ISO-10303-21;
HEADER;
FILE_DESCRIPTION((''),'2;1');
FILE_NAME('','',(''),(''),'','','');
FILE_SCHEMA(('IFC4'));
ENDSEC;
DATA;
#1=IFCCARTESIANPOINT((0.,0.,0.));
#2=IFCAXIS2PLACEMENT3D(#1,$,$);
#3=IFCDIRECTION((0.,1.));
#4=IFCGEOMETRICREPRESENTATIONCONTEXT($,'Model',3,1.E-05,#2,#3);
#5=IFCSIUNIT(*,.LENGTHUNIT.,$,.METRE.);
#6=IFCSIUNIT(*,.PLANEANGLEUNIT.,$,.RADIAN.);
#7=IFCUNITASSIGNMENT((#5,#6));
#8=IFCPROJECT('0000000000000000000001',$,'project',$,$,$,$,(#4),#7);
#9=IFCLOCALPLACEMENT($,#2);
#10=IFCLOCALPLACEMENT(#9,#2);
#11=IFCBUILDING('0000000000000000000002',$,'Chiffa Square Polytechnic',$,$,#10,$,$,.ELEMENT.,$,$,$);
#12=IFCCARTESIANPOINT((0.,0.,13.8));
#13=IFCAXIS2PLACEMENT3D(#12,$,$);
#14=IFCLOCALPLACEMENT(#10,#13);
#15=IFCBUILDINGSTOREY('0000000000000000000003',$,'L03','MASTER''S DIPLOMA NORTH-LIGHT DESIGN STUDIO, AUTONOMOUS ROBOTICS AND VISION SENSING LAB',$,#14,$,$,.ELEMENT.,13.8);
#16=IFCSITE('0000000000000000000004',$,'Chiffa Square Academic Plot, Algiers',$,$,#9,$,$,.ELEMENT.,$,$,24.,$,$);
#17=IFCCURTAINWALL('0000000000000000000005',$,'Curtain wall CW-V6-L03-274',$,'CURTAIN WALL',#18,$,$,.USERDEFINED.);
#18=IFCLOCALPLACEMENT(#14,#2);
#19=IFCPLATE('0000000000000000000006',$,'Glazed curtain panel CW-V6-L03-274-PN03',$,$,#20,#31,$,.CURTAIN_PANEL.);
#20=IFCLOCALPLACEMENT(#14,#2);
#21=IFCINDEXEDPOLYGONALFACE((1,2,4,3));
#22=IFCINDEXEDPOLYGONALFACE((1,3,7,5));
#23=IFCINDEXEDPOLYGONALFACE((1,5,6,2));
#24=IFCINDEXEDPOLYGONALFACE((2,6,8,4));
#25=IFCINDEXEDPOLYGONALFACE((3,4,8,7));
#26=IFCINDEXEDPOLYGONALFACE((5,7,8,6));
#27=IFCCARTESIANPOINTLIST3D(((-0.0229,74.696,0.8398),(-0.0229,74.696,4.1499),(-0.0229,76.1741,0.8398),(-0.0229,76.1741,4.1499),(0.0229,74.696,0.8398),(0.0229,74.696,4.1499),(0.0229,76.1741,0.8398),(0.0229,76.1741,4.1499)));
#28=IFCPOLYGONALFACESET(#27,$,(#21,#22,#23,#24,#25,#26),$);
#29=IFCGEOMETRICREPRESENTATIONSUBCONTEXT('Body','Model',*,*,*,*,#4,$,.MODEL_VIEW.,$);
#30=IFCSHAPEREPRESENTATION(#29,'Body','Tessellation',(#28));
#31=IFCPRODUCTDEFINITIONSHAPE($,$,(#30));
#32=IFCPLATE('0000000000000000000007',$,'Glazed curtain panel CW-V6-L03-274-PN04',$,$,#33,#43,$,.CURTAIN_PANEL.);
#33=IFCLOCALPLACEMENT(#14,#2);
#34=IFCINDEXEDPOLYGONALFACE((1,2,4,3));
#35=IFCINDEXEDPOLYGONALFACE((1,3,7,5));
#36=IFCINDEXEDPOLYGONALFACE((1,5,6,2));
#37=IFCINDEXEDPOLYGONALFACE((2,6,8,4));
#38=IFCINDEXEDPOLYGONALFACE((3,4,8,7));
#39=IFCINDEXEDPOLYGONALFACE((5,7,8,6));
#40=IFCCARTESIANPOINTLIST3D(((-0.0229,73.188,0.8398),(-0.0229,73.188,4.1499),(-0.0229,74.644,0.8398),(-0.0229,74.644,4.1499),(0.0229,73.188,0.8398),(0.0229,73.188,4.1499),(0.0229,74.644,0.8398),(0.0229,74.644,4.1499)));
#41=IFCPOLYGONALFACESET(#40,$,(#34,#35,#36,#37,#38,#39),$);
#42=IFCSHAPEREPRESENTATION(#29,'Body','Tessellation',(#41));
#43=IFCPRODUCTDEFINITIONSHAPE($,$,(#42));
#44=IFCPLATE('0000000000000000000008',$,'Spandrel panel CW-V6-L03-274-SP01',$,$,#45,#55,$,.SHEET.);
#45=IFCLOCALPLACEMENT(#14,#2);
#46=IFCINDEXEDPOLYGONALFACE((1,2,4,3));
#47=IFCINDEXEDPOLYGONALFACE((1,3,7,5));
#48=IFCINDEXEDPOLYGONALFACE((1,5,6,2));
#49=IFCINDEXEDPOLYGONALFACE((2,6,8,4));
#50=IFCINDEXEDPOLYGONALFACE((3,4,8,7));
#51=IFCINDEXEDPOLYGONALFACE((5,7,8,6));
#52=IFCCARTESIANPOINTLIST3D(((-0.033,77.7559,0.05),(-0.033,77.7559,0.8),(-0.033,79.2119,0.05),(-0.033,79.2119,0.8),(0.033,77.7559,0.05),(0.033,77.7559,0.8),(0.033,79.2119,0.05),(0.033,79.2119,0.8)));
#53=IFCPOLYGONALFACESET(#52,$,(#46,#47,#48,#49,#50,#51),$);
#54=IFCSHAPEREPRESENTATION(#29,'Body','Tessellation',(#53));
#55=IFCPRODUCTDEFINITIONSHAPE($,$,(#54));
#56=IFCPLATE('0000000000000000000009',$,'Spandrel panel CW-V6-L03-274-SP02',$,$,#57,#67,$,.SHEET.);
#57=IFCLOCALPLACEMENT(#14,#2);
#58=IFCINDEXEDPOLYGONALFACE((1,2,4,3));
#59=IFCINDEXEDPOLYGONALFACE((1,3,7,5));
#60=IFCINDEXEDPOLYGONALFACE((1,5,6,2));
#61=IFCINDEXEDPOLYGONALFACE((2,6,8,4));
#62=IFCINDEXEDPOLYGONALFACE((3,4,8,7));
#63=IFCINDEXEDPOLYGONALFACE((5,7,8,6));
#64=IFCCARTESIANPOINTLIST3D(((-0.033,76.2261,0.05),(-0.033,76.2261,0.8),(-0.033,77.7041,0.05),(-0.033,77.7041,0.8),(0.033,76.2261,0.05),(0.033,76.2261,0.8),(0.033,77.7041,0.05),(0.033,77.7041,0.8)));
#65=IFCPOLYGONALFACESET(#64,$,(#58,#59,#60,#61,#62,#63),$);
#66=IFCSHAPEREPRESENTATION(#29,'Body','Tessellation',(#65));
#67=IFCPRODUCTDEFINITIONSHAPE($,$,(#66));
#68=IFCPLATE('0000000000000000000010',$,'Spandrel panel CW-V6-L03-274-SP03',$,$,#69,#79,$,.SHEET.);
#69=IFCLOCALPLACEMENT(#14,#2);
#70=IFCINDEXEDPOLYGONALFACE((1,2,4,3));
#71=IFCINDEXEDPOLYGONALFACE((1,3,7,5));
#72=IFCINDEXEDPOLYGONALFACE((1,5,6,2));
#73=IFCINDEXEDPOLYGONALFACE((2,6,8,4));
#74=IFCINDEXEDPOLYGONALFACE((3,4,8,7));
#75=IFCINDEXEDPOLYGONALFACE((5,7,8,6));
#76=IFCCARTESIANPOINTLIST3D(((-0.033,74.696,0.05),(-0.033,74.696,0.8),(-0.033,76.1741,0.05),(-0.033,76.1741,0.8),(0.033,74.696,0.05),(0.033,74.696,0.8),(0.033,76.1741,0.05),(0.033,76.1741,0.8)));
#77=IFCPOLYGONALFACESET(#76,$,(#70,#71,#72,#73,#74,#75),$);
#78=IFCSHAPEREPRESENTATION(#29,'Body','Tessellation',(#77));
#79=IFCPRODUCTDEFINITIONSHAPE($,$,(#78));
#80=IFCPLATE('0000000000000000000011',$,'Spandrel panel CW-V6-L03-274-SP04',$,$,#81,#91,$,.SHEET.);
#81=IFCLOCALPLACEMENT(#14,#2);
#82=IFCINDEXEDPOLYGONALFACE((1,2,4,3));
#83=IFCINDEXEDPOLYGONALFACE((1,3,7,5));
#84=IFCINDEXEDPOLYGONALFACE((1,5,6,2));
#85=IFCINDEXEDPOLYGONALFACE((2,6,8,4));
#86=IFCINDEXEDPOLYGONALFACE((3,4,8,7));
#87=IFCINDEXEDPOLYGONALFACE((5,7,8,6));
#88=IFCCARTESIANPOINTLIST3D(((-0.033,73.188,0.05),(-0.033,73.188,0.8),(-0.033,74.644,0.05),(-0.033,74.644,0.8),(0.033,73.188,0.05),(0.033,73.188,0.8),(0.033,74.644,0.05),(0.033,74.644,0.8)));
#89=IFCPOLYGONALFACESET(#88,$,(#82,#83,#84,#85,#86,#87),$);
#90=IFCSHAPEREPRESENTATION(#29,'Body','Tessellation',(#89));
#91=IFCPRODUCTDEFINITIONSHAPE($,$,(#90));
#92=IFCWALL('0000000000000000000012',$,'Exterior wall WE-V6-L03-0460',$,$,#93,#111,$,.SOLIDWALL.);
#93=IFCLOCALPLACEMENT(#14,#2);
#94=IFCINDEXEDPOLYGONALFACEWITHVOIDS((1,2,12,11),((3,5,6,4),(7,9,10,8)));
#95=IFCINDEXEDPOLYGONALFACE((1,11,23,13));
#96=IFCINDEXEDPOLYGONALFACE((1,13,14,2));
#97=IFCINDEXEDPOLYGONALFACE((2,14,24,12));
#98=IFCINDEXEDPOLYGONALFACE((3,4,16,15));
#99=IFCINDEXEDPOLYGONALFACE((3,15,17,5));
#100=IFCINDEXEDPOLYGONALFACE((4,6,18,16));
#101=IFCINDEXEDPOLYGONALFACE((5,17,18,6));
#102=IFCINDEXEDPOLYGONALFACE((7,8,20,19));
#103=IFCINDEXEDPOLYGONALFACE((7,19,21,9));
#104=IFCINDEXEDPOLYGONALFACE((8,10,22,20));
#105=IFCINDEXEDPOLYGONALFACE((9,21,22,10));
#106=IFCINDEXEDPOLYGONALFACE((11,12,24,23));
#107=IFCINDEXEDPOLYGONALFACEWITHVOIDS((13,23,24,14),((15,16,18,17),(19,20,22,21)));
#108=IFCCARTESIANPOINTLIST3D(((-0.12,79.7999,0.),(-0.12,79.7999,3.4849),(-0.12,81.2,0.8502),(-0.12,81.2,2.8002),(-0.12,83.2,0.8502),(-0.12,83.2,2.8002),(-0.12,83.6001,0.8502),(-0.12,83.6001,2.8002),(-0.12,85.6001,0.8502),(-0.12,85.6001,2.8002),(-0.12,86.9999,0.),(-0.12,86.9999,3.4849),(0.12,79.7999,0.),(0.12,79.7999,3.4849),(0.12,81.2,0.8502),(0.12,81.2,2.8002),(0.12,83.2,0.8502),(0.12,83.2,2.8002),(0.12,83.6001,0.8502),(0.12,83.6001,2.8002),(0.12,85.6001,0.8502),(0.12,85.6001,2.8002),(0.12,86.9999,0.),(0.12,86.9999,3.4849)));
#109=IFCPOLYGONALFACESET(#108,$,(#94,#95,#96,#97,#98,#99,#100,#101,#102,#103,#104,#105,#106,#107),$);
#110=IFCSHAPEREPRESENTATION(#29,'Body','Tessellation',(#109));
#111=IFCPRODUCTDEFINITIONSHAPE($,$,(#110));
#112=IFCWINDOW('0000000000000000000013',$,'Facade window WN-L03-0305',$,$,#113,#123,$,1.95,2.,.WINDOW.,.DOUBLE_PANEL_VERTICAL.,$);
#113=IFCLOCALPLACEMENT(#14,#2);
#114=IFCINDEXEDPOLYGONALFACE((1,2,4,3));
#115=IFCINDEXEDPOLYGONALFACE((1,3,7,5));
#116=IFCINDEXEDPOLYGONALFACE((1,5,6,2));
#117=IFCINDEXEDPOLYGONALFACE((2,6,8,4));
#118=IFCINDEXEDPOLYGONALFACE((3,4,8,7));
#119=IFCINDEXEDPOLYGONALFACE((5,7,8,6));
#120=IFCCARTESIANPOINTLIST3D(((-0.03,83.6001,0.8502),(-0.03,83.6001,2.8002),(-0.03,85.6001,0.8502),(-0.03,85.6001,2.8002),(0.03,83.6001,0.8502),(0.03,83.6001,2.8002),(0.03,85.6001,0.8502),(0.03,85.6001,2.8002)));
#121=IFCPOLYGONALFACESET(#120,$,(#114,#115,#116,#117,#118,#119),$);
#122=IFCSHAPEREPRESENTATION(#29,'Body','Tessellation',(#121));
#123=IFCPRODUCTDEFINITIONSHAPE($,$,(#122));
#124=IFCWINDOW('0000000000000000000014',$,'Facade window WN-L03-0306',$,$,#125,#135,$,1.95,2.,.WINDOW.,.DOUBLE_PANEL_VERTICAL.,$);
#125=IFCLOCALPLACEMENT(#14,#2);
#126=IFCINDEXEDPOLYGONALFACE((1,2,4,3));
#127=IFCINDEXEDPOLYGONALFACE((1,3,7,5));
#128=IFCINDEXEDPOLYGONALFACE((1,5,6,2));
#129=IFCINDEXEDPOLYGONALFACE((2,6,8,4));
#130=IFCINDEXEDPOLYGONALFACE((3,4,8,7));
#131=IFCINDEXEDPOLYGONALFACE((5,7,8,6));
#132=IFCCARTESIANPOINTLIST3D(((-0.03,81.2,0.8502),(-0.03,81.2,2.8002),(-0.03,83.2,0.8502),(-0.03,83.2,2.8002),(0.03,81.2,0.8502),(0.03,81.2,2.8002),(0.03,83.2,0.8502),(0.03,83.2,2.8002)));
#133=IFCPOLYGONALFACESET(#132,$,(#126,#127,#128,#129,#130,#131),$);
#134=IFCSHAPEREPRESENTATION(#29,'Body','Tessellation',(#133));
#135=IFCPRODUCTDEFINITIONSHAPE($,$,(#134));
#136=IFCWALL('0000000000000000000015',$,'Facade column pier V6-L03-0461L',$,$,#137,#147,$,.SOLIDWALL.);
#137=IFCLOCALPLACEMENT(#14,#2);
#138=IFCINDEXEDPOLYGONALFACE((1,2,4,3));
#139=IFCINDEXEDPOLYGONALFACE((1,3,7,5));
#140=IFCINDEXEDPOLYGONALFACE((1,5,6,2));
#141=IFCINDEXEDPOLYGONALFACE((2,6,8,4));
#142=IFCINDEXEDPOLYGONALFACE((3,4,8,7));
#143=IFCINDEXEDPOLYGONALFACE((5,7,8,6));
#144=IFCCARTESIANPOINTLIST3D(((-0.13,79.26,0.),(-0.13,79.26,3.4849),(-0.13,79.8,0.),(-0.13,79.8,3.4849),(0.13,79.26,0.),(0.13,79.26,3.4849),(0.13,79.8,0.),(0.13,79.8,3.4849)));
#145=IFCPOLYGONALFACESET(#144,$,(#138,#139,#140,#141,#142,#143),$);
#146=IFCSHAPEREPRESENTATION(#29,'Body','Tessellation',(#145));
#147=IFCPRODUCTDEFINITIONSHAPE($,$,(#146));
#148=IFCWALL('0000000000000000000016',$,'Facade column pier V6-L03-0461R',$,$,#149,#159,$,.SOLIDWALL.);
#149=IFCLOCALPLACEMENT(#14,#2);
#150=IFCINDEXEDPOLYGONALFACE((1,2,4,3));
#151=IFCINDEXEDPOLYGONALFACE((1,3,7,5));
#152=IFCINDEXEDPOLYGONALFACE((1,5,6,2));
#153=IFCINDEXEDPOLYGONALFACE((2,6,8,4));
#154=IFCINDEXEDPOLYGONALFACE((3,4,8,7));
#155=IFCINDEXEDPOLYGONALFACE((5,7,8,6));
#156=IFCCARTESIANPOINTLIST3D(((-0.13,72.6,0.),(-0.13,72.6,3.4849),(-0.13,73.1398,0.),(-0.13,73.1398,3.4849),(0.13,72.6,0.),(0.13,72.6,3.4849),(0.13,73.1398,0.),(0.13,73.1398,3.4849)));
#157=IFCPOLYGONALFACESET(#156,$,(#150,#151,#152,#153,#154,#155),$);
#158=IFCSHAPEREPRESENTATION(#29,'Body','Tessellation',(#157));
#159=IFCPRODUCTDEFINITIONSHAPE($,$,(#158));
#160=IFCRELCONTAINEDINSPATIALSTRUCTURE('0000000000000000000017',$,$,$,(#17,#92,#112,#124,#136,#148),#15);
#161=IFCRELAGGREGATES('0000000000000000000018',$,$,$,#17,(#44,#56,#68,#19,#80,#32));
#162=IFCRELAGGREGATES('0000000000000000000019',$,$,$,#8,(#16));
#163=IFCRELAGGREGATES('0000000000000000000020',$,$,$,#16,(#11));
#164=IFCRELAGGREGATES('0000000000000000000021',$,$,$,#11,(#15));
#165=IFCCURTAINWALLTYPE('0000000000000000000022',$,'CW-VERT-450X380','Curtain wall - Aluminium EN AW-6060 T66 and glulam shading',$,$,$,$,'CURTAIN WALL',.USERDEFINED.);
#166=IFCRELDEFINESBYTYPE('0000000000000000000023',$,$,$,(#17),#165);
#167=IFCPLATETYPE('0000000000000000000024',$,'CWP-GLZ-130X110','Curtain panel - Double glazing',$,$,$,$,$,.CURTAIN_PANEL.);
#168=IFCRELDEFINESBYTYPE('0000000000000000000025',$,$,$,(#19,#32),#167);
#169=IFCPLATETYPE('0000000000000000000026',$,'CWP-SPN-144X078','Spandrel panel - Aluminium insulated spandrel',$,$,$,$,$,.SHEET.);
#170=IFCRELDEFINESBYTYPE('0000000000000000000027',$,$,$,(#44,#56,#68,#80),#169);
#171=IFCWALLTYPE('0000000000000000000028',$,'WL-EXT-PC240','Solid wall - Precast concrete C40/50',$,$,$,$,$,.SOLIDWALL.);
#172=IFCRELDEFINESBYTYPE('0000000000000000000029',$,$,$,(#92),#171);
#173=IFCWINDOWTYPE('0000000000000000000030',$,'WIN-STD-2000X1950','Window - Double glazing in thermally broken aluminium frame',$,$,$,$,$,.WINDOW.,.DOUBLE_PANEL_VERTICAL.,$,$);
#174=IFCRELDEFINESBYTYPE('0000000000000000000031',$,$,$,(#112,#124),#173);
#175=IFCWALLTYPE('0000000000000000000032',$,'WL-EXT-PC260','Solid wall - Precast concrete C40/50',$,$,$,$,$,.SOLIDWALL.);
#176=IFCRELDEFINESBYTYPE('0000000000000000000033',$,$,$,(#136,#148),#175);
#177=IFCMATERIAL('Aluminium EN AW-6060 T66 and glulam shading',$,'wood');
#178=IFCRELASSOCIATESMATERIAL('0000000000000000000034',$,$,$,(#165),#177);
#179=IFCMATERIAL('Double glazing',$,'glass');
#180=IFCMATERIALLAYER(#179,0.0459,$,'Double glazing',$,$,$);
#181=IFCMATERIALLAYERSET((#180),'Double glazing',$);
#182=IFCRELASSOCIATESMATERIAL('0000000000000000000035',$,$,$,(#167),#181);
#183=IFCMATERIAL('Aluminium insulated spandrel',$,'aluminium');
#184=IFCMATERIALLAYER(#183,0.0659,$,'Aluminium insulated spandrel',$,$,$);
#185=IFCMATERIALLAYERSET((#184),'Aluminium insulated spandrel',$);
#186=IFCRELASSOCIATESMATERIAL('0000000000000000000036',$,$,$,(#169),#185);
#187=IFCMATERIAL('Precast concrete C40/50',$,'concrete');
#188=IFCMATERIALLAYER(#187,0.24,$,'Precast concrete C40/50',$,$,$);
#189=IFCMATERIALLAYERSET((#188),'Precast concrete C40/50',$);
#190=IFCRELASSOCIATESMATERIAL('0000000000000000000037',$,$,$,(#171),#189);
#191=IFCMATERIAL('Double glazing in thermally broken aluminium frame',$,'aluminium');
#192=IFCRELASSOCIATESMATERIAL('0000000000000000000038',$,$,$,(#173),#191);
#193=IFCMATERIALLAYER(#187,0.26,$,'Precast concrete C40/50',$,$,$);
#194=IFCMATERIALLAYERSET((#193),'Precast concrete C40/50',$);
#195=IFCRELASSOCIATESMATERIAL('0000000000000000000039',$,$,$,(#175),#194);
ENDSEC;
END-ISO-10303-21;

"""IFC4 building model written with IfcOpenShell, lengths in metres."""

from ifc_helpers import new_model, si_unit, direction, frame, frame_2d, origin, origin_2d, place, context, subcontext, project, spatial, rectangle, extrude, material, layer, layer_set, type_object, element, fill, aggregate, save


model = new_model("IFC4")

# Units and contexts
model_context = context("Model", 3, precision=1e-05, world=origin(), true_north=direction((0.0, 1.0)))
body_context = subcontext(model_context, "Body", "Model", "MODEL_VIEW")
ifc_project = project(units=[si_unit("LENGTHUNIT", "METRE"), si_unit("PLANEANGLEUNIT", "RADIAN")], contexts=[model_context])

# Site, building, storey
site_placement = place(None, origin())
site = spatial("IfcSite", under=ifc_project, at=site_placement, Name="Chiffa Square Academic Plot, Algiers", CompositionType="ELEMENT", RefElevation=24.0)
building_placement = place(site_placement, origin())
building = spatial("IfcBuilding", under=site, at=building_placement, Name="Chiffa Square Polytechnic", CompositionType="ELEMENT")
storey_placement = place(building_placement, frame((0.0, 0.0, 13.8)))
storey = spatial("IfcBuildingStorey", under=building, at=storey_placement, Name="L03", Description="MASTER'S DIPLOMA NORTH-LIGHT DESIGN STUDIO, AUTONOMOUS ROBOTICS AND VISION SENSING LAB", CompositionType="ELEMENT", Elevation=13.8)

# Curtain wall
ifc_material_1 = material(Name="Aluminium EN AW-6060 T66 and glulam shading", Category="wood")
curtain_wall_type = type_object("IfcCurtainWallType", Name="CW-VERT-450X380", Description="Curtain wall - Aluminium EN AW-6060 T66 and glulam shading", ElementType="CURTAIN WALL", PredefinedType="USERDEFINED", material=ifc_material_1)
curtain_wall_placement = place(storey_placement, origin())
curtain_wall = element("IfcCurtainWall", 1, at=curtain_wall_placement, inside=storey, type_object=curtain_wall_type, Name="Curtain wall CW-V6-L03-274", ObjectType="CURTAIN WALL", PredefinedType="USERDEFINED")

# Plates
ifc_material_2 = material(Name="Double glazing", Category="glass")
ifc_layer_1 = layer(ifc_material_2, 0.0459, Name="Double glazing")
ifc_layer_set_1 = layer_set([ifc_layer_1], Name="Double glazing")
plate_type_1 = type_object("IfcPlateType", Name="CWP-GLZ-130X110", Description="Curtain panel - Double glazing", PredefinedType="CURTAIN_PANEL", material=ifc_layer_set_1)
plate_1_placement = place(storey_placement, frame((0.0, 75.4351, 0.8398), z_axis=(0.0, 0.0, 1.0), x_axis=(0.0, -1.0, 0.0)))
plate_1 = element("IfcPlate", 2, at=plate_1_placement, type_object=plate_type_1, Name="Glazed curtain panel CW-V6-L03-274-PN03", PredefinedType="CURTAIN_PANEL", context=body_context, shape_type="SweptSolid", body=[
    extrude(rectangle(XDim=1.478, YDim=0.0459, at=origin_2d()), origin(), (0.0, 0.0, 1.0), 3.3101),
])
plate_2_placement = place(storey_placement, frame((0.0, 73.916, 0.8398), z_axis=(0.0, 0.0, 1.0), x_axis=(0.0, -1.0, 0.0)))
plate_2 = element("IfcPlate", 3, at=plate_2_placement, type_object=plate_type_1, Name="Glazed curtain panel CW-V6-L03-274-PN04", PredefinedType="CURTAIN_PANEL", context=body_context, shape_type="SweptSolid", body=[
    extrude(rectangle(XDim=1.4561, YDim=0.0459, at=origin_2d()), origin(), (0.0, 0.0, 1.0), 3.3101),
])
ifc_material_3 = material(Name="Aluminium insulated spandrel", Category="aluminium")
ifc_layer_2 = layer(ifc_material_3, 0.0659, Name="Aluminium insulated spandrel")
ifc_layer_set_2 = layer_set([ifc_layer_2], Name="Aluminium insulated spandrel")
plate_type_2 = type_object("IfcPlateType", Name="CWP-SPN-144X078", Description="Spandrel panel - Aluminium insulated spandrel", PredefinedType="SHEET", material=ifc_layer_set_2)
plate_3_placement = place(storey_placement, frame((0.0, 78.4839, 0.05), z_axis=(0.0, 0.0, 1.0), x_axis=(0.0, -1.0, 0.0)))
plate_3 = element("IfcPlate", 4, at=plate_3_placement, type_object=plate_type_2, Name="Spandrel panel CW-V6-L03-274-SP01", PredefinedType="SHEET", context=body_context, shape_type="SweptSolid", body=[
    extrude(rectangle(XDim=1.4561, YDim=0.0659, at=origin_2d()), origin(), (0.0, 0.0, 1.0), 0.75),
])
plate_4_placement = place(storey_placement, frame((0.0, 76.9651, 0.05), z_axis=(0.0, 0.0, 1.0), x_axis=(0.0, -1.0, 0.0)))
plate_4 = element("IfcPlate", 5, at=plate_4_placement, type_object=plate_type_2, Name="Spandrel panel CW-V6-L03-274-SP02", PredefinedType="SHEET", context=body_context, shape_type="SweptSolid", body=[
    extrude(rectangle(XDim=1.478, YDim=0.0659, at=origin_2d()), origin(), (0.0, 0.0, 1.0), 0.75),
])
plate_5_placement = place(storey_placement, frame((0.0, 75.4351, 0.05), z_axis=(0.0, 0.0, 1.0), x_axis=(0.0, -1.0, 0.0)))
plate_5 = element("IfcPlate", 6, at=plate_5_placement, type_object=plate_type_2, Name="Spandrel panel CW-V6-L03-274-SP03", PredefinedType="SHEET", context=body_context, shape_type="SweptSolid", body=[
    extrude(rectangle(XDim=1.478, YDim=0.0659, at=origin_2d()), origin(), (0.0, 0.0, 1.0), 0.75),
])
plate_6_placement = place(storey_placement, frame((0.0, 73.916, 0.05), z_axis=(0.0, 0.0, 1.0), x_axis=(0.0, -1.0, 0.0)))
plate_6 = element("IfcPlate", 7, at=plate_6_placement, type_object=plate_type_2, Name="Spandrel panel CW-V6-L03-274-SP04", PredefinedType="SHEET", context=body_context, shape_type="SweptSolid", body=[
    extrude(rectangle(XDim=1.4561, YDim=0.0659, at=origin_2d()), origin(), (0.0, 0.0, 1.0), 0.75),
])
aggregate(curtain_wall, [plate_3, plate_4, plate_5, plate_1, plate_6, plate_2])

# Wall, openings, windows
ifc_material_4 = material(Name="Precast concrete C40/50", Category="concrete")
ifc_layer_3 = layer(ifc_material_4, 0.24, Name="Precast concrete C40/50")
ifc_layer_set_3 = layer_set([ifc_layer_3], Name="Precast concrete C40/50")
wall_type_1 = type_object("IfcWallType", Name="WL-EXT-PC240", Description="Solid wall - Precast concrete C40/50", PredefinedType="SOLIDWALL", material=ifc_layer_set_3)
wall_1_placement = place(storey_placement, frame((0.0, 87.0, 0.0), z_axis=(0.0, 0.0, 1.0), x_axis=(0.0, -1.0, 0.0)))
wall_1 = element("IfcWall", 8, at=wall_1_placement, inside=storey, type_object=wall_type_1, Name="Exterior wall WE-V6-L03-0460", PredefinedType="SOLIDWALL", context=body_context, shape_type="SweptSolid", body=[
    extrude(rectangle(XDim=7.2, YDim=0.24, at=frame_2d((3.6001, 0.0))), origin(), (0.0, 0.0, 1.0), 3.4849),
])
opening_1_placement = place(wall_1_placement, frame((1.3999, 0.0, 0.8501)))
opening_1 = element("IfcOpeningElement", 9, at=opening_1_placement, cuts=wall_1, PredefinedType="OPENING", context=body_context, shape_type="SweptSolid", body=[
    extrude(rectangle(XDim=2.0, YDim=1.95, at=frame_2d((1.0, 0.9751))), frame((0.0, 0.1299, 0.0), z_axis=(0.0, -1.0, 0.0), x_axis=(1.0, 0.0, 0.0)), (0.0, 0.0, 1.0), 0.26),
])
opening_2_placement = place(wall_1_placement, frame((3.8, 0.0, 0.8501)))
opening_2 = element("IfcOpeningElement", 10, at=opening_2_placement, cuts=wall_1, PredefinedType="OPENING", context=body_context, shape_type="SweptSolid", body=[
    extrude(rectangle(XDim=2.0, YDim=1.95, at=frame_2d((1.0, 0.9751))), frame((0.0, 0.1299, 0.0), z_axis=(0.0, -1.0, 0.0), x_axis=(1.0, 0.0, 0.0)), (0.0, 0.0, 1.0), 0.26),
])
ifc_material_5 = material(Name="Double glazing in thermally broken aluminium frame", Category="aluminium")
window_type = type_object("IfcWindowType", Name="WIN-STD-2000X1950", Description="Window - Double glazing in thermally broken aluminium frame", PartitioningType="DOUBLE_PANEL_VERTICAL", PredefinedType="WINDOW", material=ifc_material_5)
window_1_placement = place(opening_1_placement, origin())
window_1 = element("IfcWindow", 11, at=window_1_placement, inside=storey, type_object=window_type, Name="Facade window WN-L03-0305", OverallHeight=1.95, OverallWidth=2.0, PartitioningType="DOUBLE_PANEL_VERTICAL", PredefinedType="WINDOW", context=body_context, shape_type="SweptSolid", body=[
    extrude(rectangle(XDim=2.0, YDim=1.95, at=frame_2d((1.0, 0.9751))), frame((0.0, 0.03, 0.0), z_axis=(0.0, -1.0, 0.0), x_axis=(1.0, 0.0, 0.0)), (0.0, 0.0, 1.0), 0.0601),
])
fill(opening_1, window_1)
window_2_placement = place(opening_2_placement, origin())
window_2 = element("IfcWindow", 12, at=window_2_placement, inside=storey, type_object=window_type, Name="Facade window WN-L03-0306", OverallHeight=1.95, OverallWidth=2.0, PartitioningType="DOUBLE_PANEL_VERTICAL", PredefinedType="WINDOW", context=body_context, shape_type="SweptSolid", body=[
    extrude(rectangle(XDim=2.0, YDim=1.95, at=frame_2d((1.0, 0.9751))), frame((0.0, 0.03, 0.0), z_axis=(0.0, -1.0, 0.0), x_axis=(1.0, 0.0, 0.0)), (0.0, 0.0, 1.0), 0.0601),
])
fill(opening_2, window_2)

# Walls
ifc_layer_4 = layer(ifc_material_4, 0.26, Name="Precast concrete C40/50")
ifc_layer_set_4 = layer_set([ifc_layer_4], Name="Precast concrete C40/50")
wall_type_2 = type_object("IfcWallType", Name="WL-EXT-PC260", Description="Solid wall - Precast concrete C40/50", PredefinedType="SOLIDWALL", material=ifc_layer_set_4)
wall_2_placement = place(storey_placement, frame((0.0, 79.8, 0.0), z_axis=(0.0, 0.0, 1.0), x_axis=(0.0, -1.0, 0.0)))
element("IfcWall", 13, at=wall_2_placement, inside=storey, type_object=wall_type_2, Name="Facade column pier V6-L03-0461L", PredefinedType="SOLIDWALL", context=body_context, shape_type="SweptSolid", body=[
    extrude(rectangle(XDim=0.54, YDim=0.26, at=frame_2d((0.27, 0.0))), origin(), (0.0, 0.0, 1.0), 3.4849),
])
wall_3_placement = place(storey_placement, frame((0.0, 73.1399, 0.0), z_axis=(0.0, 0.0, 1.0), x_axis=(0.0, -1.0, 0.0)))
element("IfcWall", 14, at=wall_3_placement, inside=storey, type_object=wall_type_2, Name="Facade column pier V6-L03-0461R", PredefinedType="SOLIDWALL", context=body_context, shape_type="SweptSolid", body=[
    extrude(rectangle(XDim=0.5398, YDim=0.26, at=frame_2d((0.27, 0.0))), origin(), (0.0, 0.0, 1.0), 3.4849),
])

save(model, "model.ifc")
